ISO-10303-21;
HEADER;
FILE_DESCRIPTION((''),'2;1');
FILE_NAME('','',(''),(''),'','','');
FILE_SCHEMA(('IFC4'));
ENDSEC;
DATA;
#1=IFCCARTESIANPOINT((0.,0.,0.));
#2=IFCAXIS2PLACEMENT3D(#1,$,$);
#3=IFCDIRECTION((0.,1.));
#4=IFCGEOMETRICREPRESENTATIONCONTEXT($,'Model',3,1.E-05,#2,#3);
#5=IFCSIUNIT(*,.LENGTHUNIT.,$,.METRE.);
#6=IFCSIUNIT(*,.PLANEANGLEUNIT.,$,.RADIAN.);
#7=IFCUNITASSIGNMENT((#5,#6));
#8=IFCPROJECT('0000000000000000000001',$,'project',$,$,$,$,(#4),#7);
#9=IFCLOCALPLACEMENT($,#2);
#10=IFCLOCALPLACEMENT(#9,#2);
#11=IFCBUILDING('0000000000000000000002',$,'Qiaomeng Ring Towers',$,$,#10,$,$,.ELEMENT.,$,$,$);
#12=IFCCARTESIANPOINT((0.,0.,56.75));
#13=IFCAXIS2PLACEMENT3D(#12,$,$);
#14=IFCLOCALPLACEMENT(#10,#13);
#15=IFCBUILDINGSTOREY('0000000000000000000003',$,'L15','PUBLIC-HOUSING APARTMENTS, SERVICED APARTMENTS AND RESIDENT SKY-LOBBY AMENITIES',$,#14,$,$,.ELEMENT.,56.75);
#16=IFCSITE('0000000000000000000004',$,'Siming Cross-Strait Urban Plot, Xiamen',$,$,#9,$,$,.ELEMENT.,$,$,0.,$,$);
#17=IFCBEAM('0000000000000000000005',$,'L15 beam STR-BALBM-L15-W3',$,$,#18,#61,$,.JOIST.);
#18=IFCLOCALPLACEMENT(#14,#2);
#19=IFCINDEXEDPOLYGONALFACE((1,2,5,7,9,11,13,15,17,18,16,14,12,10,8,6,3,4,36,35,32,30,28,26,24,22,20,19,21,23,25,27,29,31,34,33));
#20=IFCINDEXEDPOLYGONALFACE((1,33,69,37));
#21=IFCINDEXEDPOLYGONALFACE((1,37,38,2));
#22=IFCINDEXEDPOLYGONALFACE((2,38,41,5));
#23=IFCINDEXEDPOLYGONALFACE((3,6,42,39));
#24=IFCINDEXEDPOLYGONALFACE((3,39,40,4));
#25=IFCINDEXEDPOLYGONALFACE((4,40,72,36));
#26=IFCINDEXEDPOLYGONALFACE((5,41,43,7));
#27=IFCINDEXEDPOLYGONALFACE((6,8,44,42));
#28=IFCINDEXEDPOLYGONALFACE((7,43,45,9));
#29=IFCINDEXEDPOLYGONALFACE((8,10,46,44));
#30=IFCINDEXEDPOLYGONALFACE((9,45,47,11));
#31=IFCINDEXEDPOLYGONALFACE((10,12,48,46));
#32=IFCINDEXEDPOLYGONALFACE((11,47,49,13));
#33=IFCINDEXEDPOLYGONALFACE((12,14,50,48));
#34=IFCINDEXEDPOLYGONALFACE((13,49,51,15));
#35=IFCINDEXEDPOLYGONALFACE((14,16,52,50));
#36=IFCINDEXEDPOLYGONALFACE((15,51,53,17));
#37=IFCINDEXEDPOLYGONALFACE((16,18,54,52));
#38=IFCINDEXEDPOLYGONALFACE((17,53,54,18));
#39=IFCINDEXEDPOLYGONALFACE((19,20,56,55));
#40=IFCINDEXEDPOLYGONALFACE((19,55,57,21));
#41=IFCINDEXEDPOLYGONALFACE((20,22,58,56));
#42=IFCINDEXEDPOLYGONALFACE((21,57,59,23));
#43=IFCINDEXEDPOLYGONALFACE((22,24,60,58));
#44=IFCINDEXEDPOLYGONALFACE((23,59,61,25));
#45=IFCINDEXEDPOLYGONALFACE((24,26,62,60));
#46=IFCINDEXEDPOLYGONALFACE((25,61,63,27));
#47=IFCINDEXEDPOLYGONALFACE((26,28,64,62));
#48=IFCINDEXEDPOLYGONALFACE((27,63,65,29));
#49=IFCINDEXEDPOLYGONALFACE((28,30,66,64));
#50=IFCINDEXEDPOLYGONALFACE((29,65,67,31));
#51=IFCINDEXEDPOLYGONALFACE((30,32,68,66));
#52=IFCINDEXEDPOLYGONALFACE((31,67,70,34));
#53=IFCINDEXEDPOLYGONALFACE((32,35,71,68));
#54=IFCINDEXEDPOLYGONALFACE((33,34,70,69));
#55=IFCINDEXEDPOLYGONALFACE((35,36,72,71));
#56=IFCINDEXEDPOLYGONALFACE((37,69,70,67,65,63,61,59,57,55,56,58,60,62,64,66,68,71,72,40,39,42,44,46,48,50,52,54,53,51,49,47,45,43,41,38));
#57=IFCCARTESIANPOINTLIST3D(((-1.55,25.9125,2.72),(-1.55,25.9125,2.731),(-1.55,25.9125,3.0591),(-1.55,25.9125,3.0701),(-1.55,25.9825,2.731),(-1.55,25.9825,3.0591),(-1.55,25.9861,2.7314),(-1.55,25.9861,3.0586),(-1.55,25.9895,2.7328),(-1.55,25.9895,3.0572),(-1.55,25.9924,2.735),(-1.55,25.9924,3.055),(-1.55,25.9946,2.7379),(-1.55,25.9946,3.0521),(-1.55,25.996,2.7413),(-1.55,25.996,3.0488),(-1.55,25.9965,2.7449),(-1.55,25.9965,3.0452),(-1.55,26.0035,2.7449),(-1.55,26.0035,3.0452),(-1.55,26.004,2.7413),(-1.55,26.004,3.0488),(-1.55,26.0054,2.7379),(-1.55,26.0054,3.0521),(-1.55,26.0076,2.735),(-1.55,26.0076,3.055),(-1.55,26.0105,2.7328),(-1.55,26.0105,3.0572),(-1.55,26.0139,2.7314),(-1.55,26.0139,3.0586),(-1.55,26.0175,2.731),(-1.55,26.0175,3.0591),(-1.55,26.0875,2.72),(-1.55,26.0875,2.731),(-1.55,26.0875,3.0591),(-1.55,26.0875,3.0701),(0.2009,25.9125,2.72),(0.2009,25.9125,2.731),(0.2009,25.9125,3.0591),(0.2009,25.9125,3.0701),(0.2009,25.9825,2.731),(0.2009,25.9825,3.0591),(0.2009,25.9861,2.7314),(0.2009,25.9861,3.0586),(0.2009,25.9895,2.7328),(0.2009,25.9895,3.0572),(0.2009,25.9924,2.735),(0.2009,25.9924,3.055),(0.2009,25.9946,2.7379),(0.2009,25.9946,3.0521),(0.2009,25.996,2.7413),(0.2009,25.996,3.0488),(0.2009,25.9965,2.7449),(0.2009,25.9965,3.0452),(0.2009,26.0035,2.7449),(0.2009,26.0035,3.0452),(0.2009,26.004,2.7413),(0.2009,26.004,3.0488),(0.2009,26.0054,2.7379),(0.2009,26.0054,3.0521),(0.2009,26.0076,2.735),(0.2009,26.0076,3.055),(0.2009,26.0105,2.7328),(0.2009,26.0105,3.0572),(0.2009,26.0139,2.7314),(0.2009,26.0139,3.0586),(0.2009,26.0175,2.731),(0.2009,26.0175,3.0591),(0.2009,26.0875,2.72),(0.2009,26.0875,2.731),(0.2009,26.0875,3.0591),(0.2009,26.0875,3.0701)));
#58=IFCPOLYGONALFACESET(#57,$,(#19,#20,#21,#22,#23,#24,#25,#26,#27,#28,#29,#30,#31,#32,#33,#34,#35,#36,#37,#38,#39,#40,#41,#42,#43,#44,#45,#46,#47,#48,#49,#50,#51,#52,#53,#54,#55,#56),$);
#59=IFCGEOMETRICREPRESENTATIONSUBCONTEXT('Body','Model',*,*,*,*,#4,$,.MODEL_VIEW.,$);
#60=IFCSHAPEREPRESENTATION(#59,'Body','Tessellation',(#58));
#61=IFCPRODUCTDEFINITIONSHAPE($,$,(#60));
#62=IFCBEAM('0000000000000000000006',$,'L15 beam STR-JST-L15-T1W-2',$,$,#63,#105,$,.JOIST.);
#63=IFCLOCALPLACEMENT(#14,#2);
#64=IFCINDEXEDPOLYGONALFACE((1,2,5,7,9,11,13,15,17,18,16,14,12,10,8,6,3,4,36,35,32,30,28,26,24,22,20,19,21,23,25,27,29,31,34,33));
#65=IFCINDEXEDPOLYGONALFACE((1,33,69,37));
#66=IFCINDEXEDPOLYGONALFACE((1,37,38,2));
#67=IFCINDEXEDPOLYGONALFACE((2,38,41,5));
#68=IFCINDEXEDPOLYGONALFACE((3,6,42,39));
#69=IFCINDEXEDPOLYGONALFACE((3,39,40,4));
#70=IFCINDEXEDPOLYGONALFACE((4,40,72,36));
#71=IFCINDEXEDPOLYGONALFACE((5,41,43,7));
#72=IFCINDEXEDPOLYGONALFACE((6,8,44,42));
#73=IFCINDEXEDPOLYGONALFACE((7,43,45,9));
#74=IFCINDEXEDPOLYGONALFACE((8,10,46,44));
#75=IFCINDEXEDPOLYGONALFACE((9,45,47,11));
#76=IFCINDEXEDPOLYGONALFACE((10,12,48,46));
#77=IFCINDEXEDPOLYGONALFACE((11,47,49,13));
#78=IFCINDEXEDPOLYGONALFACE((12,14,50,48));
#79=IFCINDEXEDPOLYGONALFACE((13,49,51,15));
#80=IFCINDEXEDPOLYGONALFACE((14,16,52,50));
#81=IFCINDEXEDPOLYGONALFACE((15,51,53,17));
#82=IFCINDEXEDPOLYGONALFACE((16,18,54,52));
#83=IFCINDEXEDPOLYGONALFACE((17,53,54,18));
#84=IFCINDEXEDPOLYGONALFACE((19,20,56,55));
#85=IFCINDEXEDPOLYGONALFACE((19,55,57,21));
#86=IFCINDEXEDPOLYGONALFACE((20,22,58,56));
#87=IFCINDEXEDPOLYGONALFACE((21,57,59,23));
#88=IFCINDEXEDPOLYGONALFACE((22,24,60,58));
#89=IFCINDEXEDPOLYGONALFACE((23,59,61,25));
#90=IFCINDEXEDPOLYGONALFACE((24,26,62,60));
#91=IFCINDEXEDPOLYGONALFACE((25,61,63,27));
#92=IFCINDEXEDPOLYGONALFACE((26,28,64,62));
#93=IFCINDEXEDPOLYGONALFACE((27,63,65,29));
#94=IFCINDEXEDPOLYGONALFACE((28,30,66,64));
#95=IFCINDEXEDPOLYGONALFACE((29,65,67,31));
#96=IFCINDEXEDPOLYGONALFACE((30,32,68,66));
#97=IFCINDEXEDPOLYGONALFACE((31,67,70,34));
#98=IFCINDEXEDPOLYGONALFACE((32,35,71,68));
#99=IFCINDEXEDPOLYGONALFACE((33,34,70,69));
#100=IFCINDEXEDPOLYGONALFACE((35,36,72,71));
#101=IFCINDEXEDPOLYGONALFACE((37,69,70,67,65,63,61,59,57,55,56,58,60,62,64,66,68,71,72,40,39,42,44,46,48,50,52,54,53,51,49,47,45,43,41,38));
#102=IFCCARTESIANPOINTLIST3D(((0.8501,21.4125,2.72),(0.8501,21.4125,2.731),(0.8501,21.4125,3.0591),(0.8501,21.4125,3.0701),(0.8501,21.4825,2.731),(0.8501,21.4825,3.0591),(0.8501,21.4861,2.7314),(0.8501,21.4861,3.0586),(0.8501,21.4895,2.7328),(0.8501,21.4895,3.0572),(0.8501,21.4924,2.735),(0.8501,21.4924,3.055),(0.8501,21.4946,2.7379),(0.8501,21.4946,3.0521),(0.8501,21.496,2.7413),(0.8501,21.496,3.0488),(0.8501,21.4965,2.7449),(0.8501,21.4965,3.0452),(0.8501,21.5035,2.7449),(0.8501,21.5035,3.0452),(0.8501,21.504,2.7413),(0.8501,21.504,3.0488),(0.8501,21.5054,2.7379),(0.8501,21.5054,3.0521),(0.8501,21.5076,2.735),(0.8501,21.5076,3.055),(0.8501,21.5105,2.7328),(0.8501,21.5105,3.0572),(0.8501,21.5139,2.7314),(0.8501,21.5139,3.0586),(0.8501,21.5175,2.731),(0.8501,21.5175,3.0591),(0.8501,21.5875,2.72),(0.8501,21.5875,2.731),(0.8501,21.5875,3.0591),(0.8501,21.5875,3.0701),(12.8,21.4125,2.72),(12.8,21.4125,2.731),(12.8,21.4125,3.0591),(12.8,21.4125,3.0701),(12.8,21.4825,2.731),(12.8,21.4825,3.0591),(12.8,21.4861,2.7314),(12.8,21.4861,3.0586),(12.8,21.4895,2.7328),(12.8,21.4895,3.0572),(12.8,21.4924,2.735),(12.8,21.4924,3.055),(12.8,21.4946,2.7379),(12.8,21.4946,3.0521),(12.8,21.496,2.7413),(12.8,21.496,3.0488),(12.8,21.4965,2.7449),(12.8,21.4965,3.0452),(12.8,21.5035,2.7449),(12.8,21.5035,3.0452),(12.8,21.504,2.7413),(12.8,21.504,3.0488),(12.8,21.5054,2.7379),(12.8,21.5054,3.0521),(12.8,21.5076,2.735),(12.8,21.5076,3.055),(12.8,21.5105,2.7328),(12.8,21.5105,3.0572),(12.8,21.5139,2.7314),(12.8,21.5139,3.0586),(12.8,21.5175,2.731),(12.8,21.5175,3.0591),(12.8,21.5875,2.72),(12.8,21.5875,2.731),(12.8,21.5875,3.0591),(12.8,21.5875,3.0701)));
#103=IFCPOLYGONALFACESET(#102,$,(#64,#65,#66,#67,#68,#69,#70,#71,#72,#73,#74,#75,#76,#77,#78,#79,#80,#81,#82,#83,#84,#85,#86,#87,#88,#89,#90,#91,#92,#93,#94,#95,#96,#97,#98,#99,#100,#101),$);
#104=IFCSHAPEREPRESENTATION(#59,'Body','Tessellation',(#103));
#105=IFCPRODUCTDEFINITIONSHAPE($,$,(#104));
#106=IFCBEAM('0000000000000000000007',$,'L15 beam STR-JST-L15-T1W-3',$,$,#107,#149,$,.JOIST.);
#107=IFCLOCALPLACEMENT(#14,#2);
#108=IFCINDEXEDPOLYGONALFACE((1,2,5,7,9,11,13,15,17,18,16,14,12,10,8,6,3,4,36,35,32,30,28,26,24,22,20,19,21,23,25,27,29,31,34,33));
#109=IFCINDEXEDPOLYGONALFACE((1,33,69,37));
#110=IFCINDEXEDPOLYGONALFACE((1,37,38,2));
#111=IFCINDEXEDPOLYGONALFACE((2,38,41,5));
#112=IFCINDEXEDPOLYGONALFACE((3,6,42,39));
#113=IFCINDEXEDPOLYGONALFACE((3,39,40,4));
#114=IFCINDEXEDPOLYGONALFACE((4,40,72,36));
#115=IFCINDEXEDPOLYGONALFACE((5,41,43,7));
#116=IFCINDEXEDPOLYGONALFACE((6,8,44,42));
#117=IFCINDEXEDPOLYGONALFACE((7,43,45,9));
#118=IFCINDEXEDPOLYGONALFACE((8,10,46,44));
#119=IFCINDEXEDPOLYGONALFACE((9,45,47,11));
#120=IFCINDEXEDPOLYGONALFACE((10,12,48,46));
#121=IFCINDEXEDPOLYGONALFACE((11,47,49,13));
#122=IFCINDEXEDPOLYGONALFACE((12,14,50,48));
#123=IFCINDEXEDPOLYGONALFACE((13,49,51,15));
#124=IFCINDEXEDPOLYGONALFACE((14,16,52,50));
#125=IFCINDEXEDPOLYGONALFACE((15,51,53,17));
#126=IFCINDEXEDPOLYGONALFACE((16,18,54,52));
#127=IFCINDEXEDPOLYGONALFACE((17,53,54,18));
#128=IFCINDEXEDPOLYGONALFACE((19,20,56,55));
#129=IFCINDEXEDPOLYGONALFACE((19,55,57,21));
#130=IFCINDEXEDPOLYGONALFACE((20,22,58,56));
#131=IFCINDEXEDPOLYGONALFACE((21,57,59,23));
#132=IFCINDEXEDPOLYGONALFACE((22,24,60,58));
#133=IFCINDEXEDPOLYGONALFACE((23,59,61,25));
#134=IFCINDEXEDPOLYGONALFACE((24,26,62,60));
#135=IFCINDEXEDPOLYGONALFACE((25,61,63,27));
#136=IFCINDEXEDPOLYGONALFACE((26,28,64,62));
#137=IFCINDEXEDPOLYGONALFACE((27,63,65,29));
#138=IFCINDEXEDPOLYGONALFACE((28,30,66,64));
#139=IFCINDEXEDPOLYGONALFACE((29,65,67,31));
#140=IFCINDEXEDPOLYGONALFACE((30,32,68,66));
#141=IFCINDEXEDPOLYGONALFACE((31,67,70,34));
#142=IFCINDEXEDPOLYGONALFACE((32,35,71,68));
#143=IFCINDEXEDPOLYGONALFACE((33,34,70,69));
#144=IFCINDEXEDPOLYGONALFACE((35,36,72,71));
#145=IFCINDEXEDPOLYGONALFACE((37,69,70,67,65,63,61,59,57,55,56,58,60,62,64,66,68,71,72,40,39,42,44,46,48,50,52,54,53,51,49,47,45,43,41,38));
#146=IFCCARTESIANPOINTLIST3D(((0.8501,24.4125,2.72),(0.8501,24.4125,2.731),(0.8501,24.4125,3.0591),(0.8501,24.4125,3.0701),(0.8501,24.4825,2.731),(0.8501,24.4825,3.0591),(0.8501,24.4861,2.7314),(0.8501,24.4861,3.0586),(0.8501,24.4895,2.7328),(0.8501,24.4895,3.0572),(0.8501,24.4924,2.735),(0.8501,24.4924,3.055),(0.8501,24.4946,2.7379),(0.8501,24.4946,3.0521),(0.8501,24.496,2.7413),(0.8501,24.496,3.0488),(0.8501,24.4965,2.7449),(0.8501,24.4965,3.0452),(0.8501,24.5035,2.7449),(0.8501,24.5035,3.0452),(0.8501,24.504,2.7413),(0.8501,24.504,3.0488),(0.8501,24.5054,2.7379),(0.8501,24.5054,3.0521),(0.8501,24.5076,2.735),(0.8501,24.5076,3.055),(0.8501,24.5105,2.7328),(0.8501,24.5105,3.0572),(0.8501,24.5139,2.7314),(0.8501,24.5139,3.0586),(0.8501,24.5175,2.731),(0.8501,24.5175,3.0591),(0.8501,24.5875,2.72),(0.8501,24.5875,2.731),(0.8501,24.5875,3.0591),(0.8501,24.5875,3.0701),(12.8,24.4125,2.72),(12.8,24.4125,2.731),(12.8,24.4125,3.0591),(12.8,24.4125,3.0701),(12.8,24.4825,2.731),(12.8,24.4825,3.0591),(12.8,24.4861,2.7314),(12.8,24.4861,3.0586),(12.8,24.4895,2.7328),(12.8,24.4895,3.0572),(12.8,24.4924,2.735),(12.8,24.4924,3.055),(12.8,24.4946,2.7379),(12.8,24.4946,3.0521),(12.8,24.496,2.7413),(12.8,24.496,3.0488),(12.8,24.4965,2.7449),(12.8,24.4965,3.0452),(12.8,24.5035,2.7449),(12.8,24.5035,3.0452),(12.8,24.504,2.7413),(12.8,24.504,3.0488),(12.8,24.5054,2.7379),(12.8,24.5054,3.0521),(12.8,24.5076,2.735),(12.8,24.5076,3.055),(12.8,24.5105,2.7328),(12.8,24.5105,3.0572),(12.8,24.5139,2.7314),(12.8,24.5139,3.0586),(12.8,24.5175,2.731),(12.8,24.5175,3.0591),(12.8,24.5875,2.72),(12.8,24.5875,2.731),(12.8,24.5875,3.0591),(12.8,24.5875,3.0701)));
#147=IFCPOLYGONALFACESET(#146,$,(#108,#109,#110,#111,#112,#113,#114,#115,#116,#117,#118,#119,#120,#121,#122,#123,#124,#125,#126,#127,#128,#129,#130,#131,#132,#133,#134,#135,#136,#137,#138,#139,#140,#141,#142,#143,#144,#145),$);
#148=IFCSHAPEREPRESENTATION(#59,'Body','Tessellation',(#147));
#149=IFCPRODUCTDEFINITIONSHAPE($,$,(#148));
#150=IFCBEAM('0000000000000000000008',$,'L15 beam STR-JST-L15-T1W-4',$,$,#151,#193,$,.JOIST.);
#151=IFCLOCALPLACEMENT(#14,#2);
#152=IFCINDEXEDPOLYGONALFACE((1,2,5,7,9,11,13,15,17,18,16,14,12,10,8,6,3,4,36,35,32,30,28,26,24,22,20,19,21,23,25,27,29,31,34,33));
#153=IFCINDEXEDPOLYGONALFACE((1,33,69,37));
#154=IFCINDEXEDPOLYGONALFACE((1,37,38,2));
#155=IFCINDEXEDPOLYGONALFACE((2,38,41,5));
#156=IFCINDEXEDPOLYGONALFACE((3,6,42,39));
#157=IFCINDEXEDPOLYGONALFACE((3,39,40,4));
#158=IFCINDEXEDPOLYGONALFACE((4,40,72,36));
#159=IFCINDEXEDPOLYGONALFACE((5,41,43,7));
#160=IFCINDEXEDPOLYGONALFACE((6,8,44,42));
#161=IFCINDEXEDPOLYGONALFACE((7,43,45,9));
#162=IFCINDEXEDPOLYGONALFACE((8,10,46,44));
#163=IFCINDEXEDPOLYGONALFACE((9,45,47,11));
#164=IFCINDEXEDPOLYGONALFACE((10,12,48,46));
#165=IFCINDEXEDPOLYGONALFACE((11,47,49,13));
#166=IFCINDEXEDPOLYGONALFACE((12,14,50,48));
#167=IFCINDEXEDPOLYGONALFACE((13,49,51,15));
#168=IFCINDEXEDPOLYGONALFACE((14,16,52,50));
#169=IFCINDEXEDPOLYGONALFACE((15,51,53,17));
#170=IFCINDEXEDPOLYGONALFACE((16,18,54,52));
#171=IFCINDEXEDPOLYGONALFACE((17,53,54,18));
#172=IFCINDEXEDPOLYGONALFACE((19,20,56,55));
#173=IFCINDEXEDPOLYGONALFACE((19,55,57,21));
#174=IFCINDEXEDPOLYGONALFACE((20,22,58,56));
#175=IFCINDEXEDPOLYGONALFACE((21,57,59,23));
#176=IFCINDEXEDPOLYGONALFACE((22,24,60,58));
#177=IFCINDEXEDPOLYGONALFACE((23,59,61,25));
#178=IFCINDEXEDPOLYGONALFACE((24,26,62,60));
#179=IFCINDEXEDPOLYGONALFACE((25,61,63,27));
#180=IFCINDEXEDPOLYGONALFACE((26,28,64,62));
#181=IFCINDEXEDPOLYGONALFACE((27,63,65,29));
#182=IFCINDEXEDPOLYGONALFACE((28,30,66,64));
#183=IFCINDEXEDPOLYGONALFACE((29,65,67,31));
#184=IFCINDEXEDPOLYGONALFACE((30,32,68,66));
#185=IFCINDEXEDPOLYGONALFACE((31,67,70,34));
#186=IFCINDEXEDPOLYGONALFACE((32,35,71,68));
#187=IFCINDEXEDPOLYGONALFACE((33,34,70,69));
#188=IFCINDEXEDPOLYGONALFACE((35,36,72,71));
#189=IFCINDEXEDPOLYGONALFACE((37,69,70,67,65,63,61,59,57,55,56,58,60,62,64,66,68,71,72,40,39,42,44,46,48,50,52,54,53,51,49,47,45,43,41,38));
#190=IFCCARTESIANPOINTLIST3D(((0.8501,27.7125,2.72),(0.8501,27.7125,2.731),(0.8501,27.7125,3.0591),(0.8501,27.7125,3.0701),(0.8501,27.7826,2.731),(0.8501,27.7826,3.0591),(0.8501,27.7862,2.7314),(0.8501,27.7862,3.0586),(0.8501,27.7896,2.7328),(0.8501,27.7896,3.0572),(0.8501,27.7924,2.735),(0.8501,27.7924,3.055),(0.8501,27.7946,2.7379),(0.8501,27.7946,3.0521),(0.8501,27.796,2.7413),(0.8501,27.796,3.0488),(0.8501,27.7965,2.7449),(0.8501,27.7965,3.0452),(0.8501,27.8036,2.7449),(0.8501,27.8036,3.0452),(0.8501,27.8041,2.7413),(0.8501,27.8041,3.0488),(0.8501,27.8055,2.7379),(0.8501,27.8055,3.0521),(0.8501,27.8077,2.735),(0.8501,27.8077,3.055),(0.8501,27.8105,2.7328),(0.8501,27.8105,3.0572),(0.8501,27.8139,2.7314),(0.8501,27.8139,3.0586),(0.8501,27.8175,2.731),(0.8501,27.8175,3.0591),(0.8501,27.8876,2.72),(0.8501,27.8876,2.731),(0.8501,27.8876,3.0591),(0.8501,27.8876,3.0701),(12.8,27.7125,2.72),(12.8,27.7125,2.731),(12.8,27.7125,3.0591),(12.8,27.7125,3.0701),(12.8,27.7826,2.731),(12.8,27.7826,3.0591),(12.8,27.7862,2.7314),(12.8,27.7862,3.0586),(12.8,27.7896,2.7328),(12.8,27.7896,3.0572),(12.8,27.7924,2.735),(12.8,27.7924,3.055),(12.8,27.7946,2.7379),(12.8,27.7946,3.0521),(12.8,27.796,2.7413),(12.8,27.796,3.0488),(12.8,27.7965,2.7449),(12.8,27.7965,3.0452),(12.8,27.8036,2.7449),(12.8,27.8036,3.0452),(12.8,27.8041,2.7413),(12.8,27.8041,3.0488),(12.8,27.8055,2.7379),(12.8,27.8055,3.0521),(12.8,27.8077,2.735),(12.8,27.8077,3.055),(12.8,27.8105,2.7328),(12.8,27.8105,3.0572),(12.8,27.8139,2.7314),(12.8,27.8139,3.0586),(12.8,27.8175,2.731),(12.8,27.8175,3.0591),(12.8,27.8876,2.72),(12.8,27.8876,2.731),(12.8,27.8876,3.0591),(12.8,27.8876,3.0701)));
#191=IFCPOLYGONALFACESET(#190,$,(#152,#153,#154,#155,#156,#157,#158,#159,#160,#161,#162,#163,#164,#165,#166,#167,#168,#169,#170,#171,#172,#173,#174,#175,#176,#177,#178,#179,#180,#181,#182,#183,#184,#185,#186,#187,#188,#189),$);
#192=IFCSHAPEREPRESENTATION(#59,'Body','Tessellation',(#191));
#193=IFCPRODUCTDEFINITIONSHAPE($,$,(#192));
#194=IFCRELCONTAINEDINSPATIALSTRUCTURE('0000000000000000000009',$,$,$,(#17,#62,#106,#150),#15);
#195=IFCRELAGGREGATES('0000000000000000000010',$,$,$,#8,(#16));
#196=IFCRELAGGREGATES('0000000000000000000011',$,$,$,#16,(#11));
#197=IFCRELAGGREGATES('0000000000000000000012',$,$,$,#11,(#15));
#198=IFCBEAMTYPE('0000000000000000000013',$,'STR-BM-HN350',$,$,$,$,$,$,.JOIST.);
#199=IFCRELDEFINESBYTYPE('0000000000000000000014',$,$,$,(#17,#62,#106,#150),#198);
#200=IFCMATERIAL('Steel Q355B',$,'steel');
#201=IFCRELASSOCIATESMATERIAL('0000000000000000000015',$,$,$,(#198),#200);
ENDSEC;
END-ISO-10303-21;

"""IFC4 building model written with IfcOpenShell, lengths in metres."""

from ifc_helpers import new_model, si_unit, direction, frame, origin, origin_2d, place, context, subcontext, project, spatial, i_section, extrude, source, transform, mapped, material, material_profile, profile_set, type_object, element, save


model = new_model("IFC4")

# Units and contexts
model_context = context("Model", 3, precision=1e-05, world=origin(), true_north=direction((0.0, 1.0)))
body_context = subcontext(model_context, "Body", "Model", "MODEL_VIEW")
ifc_project = project(units=[si_unit("LENGTHUNIT", "METRE"), si_unit("PLANEANGLEUNIT", "RADIAN")], contexts=[model_context])

# Site, building, storey
site_placement = place(None, origin())
site = spatial("IfcSite", under=ifc_project, at=site_placement, Name="Siming Cross-Strait Urban Plot, Xiamen", CompositionType="ELEMENT", RefElevation=0.0)
building_placement = place(site_placement, origin())
building = spatial("IfcBuilding", under=site, at=building_placement, Name="Qiaomeng Ring Towers", CompositionType="ELEMENT")
storey_placement = place(building_placement, frame((0.0, 0.0, 56.75)))
storey = spatial("IfcBuildingStorey", under=building, at=storey_placement, Name="L15", Description="PUBLIC-HOUSING APARTMENTS, SERVICED APARTMENTS AND RESIDENT SKY-LOBBY AMENITIES", CompositionType="ELEMENT", Elevation=56.75)

# Beams
ifc_material_1 = material(Name="Steel Q355B", Category="steel")
ifc_material_profile_1 = material_profile(ifc_material_1, i_section(OverallWidth=0.175, OverallDepth=0.3501, WebThickness=0.0071, FlangeThickness=0.011, FilletRadius=0.0139, at=origin_2d()), Name="HN 350x175x7x11")
ifc_profile_set_1 = profile_set([ifc_material_profile_1], Name="Steel Q355B")
beam_type_1 = type_object("IfcBeamType", Name="STR-BM-HN350", PredefinedType="JOIST", material=ifc_profile_set_1)
shared_shape_1 = source(origin(), body_context, "Body", "SweptSolid", [
    extrude(i_section(OverallWidth=0.175, OverallDepth=0.3501, WebThickness=0.0071, FlangeThickness=0.011, FilletRadius=0.0139, at=origin_2d()), origin(), (0.0, 0.0, 1.0), 1.751),
])
beam_1_placement = place(storey_placement, frame((-1.55, 26.0, 2.895), z_axis=(1.0, 0.0, 0.0), x_axis=(0.0, 1.0, 0.0)))
element("IfcBeam", 1, at=beam_1_placement, inside=storey, type_object=beam_type_1, Name="L15 beam STR-BALBM-L15-W3", PredefinedType="JOIST", context=body_context, shape_type="MappedRepresentation", body=[
    mapped(shared_shape_1, transform((0.0, 0.0, 0.0), x_axis=(1.0, 0.0, 0.0), y_axis=(0.0, 1.0, 0.0), z_axis=(0.0, 0.0, 1.0), scale=1.0)),
])
shared_shape_2 = source(origin(), body_context, "Body", "SweptSolid", [
    extrude(i_section(OverallWidth=0.175, OverallDepth=0.3501, WebThickness=0.0071, FlangeThickness=0.011, FilletRadius=0.0139, at=origin_2d()), origin(), (0.0, 0.0, 1.0), 11.95),
])
for number, where, z_axis, x_axis, name in (
    (2, (0.8501, 21.5, 2.895), (1.0, 0.0, 0.0), (0.0, 1.0, 0.0), "L15 beam STR-JST-L15-T1W-2"),
    (3, (0.8501, 24.5, 2.895), (1.0, 0.0, 0.0), (0.0, 1.0, 0.0), "L15 beam STR-JST-L15-T1W-3"),
    (4, (0.8501, 27.8, 2.895), (1.0, 0.0, 0.0), (0.0, 1.0, 0.0), "L15 beam STR-JST-L15-T1W-4"),
):
    element("IfcBeam", number, at=place(storey_placement, frame(where, z_axis=z_axis, x_axis=x_axis)), inside=storey, type_object=beam_type_1, Name=name, PredefinedType="JOIST", context=body_context, shape_type="MappedRepresentation", body=[
        mapped(shared_shape_2, transform((0.0, 0.0, 0.0), x_axis=(1.0, 0.0, 0.0), y_axis=(0.0, 1.0, 0.0), z_axis=(0.0, 0.0, 1.0), scale=1.0)),
    ])

save(model, "model.ifc")
